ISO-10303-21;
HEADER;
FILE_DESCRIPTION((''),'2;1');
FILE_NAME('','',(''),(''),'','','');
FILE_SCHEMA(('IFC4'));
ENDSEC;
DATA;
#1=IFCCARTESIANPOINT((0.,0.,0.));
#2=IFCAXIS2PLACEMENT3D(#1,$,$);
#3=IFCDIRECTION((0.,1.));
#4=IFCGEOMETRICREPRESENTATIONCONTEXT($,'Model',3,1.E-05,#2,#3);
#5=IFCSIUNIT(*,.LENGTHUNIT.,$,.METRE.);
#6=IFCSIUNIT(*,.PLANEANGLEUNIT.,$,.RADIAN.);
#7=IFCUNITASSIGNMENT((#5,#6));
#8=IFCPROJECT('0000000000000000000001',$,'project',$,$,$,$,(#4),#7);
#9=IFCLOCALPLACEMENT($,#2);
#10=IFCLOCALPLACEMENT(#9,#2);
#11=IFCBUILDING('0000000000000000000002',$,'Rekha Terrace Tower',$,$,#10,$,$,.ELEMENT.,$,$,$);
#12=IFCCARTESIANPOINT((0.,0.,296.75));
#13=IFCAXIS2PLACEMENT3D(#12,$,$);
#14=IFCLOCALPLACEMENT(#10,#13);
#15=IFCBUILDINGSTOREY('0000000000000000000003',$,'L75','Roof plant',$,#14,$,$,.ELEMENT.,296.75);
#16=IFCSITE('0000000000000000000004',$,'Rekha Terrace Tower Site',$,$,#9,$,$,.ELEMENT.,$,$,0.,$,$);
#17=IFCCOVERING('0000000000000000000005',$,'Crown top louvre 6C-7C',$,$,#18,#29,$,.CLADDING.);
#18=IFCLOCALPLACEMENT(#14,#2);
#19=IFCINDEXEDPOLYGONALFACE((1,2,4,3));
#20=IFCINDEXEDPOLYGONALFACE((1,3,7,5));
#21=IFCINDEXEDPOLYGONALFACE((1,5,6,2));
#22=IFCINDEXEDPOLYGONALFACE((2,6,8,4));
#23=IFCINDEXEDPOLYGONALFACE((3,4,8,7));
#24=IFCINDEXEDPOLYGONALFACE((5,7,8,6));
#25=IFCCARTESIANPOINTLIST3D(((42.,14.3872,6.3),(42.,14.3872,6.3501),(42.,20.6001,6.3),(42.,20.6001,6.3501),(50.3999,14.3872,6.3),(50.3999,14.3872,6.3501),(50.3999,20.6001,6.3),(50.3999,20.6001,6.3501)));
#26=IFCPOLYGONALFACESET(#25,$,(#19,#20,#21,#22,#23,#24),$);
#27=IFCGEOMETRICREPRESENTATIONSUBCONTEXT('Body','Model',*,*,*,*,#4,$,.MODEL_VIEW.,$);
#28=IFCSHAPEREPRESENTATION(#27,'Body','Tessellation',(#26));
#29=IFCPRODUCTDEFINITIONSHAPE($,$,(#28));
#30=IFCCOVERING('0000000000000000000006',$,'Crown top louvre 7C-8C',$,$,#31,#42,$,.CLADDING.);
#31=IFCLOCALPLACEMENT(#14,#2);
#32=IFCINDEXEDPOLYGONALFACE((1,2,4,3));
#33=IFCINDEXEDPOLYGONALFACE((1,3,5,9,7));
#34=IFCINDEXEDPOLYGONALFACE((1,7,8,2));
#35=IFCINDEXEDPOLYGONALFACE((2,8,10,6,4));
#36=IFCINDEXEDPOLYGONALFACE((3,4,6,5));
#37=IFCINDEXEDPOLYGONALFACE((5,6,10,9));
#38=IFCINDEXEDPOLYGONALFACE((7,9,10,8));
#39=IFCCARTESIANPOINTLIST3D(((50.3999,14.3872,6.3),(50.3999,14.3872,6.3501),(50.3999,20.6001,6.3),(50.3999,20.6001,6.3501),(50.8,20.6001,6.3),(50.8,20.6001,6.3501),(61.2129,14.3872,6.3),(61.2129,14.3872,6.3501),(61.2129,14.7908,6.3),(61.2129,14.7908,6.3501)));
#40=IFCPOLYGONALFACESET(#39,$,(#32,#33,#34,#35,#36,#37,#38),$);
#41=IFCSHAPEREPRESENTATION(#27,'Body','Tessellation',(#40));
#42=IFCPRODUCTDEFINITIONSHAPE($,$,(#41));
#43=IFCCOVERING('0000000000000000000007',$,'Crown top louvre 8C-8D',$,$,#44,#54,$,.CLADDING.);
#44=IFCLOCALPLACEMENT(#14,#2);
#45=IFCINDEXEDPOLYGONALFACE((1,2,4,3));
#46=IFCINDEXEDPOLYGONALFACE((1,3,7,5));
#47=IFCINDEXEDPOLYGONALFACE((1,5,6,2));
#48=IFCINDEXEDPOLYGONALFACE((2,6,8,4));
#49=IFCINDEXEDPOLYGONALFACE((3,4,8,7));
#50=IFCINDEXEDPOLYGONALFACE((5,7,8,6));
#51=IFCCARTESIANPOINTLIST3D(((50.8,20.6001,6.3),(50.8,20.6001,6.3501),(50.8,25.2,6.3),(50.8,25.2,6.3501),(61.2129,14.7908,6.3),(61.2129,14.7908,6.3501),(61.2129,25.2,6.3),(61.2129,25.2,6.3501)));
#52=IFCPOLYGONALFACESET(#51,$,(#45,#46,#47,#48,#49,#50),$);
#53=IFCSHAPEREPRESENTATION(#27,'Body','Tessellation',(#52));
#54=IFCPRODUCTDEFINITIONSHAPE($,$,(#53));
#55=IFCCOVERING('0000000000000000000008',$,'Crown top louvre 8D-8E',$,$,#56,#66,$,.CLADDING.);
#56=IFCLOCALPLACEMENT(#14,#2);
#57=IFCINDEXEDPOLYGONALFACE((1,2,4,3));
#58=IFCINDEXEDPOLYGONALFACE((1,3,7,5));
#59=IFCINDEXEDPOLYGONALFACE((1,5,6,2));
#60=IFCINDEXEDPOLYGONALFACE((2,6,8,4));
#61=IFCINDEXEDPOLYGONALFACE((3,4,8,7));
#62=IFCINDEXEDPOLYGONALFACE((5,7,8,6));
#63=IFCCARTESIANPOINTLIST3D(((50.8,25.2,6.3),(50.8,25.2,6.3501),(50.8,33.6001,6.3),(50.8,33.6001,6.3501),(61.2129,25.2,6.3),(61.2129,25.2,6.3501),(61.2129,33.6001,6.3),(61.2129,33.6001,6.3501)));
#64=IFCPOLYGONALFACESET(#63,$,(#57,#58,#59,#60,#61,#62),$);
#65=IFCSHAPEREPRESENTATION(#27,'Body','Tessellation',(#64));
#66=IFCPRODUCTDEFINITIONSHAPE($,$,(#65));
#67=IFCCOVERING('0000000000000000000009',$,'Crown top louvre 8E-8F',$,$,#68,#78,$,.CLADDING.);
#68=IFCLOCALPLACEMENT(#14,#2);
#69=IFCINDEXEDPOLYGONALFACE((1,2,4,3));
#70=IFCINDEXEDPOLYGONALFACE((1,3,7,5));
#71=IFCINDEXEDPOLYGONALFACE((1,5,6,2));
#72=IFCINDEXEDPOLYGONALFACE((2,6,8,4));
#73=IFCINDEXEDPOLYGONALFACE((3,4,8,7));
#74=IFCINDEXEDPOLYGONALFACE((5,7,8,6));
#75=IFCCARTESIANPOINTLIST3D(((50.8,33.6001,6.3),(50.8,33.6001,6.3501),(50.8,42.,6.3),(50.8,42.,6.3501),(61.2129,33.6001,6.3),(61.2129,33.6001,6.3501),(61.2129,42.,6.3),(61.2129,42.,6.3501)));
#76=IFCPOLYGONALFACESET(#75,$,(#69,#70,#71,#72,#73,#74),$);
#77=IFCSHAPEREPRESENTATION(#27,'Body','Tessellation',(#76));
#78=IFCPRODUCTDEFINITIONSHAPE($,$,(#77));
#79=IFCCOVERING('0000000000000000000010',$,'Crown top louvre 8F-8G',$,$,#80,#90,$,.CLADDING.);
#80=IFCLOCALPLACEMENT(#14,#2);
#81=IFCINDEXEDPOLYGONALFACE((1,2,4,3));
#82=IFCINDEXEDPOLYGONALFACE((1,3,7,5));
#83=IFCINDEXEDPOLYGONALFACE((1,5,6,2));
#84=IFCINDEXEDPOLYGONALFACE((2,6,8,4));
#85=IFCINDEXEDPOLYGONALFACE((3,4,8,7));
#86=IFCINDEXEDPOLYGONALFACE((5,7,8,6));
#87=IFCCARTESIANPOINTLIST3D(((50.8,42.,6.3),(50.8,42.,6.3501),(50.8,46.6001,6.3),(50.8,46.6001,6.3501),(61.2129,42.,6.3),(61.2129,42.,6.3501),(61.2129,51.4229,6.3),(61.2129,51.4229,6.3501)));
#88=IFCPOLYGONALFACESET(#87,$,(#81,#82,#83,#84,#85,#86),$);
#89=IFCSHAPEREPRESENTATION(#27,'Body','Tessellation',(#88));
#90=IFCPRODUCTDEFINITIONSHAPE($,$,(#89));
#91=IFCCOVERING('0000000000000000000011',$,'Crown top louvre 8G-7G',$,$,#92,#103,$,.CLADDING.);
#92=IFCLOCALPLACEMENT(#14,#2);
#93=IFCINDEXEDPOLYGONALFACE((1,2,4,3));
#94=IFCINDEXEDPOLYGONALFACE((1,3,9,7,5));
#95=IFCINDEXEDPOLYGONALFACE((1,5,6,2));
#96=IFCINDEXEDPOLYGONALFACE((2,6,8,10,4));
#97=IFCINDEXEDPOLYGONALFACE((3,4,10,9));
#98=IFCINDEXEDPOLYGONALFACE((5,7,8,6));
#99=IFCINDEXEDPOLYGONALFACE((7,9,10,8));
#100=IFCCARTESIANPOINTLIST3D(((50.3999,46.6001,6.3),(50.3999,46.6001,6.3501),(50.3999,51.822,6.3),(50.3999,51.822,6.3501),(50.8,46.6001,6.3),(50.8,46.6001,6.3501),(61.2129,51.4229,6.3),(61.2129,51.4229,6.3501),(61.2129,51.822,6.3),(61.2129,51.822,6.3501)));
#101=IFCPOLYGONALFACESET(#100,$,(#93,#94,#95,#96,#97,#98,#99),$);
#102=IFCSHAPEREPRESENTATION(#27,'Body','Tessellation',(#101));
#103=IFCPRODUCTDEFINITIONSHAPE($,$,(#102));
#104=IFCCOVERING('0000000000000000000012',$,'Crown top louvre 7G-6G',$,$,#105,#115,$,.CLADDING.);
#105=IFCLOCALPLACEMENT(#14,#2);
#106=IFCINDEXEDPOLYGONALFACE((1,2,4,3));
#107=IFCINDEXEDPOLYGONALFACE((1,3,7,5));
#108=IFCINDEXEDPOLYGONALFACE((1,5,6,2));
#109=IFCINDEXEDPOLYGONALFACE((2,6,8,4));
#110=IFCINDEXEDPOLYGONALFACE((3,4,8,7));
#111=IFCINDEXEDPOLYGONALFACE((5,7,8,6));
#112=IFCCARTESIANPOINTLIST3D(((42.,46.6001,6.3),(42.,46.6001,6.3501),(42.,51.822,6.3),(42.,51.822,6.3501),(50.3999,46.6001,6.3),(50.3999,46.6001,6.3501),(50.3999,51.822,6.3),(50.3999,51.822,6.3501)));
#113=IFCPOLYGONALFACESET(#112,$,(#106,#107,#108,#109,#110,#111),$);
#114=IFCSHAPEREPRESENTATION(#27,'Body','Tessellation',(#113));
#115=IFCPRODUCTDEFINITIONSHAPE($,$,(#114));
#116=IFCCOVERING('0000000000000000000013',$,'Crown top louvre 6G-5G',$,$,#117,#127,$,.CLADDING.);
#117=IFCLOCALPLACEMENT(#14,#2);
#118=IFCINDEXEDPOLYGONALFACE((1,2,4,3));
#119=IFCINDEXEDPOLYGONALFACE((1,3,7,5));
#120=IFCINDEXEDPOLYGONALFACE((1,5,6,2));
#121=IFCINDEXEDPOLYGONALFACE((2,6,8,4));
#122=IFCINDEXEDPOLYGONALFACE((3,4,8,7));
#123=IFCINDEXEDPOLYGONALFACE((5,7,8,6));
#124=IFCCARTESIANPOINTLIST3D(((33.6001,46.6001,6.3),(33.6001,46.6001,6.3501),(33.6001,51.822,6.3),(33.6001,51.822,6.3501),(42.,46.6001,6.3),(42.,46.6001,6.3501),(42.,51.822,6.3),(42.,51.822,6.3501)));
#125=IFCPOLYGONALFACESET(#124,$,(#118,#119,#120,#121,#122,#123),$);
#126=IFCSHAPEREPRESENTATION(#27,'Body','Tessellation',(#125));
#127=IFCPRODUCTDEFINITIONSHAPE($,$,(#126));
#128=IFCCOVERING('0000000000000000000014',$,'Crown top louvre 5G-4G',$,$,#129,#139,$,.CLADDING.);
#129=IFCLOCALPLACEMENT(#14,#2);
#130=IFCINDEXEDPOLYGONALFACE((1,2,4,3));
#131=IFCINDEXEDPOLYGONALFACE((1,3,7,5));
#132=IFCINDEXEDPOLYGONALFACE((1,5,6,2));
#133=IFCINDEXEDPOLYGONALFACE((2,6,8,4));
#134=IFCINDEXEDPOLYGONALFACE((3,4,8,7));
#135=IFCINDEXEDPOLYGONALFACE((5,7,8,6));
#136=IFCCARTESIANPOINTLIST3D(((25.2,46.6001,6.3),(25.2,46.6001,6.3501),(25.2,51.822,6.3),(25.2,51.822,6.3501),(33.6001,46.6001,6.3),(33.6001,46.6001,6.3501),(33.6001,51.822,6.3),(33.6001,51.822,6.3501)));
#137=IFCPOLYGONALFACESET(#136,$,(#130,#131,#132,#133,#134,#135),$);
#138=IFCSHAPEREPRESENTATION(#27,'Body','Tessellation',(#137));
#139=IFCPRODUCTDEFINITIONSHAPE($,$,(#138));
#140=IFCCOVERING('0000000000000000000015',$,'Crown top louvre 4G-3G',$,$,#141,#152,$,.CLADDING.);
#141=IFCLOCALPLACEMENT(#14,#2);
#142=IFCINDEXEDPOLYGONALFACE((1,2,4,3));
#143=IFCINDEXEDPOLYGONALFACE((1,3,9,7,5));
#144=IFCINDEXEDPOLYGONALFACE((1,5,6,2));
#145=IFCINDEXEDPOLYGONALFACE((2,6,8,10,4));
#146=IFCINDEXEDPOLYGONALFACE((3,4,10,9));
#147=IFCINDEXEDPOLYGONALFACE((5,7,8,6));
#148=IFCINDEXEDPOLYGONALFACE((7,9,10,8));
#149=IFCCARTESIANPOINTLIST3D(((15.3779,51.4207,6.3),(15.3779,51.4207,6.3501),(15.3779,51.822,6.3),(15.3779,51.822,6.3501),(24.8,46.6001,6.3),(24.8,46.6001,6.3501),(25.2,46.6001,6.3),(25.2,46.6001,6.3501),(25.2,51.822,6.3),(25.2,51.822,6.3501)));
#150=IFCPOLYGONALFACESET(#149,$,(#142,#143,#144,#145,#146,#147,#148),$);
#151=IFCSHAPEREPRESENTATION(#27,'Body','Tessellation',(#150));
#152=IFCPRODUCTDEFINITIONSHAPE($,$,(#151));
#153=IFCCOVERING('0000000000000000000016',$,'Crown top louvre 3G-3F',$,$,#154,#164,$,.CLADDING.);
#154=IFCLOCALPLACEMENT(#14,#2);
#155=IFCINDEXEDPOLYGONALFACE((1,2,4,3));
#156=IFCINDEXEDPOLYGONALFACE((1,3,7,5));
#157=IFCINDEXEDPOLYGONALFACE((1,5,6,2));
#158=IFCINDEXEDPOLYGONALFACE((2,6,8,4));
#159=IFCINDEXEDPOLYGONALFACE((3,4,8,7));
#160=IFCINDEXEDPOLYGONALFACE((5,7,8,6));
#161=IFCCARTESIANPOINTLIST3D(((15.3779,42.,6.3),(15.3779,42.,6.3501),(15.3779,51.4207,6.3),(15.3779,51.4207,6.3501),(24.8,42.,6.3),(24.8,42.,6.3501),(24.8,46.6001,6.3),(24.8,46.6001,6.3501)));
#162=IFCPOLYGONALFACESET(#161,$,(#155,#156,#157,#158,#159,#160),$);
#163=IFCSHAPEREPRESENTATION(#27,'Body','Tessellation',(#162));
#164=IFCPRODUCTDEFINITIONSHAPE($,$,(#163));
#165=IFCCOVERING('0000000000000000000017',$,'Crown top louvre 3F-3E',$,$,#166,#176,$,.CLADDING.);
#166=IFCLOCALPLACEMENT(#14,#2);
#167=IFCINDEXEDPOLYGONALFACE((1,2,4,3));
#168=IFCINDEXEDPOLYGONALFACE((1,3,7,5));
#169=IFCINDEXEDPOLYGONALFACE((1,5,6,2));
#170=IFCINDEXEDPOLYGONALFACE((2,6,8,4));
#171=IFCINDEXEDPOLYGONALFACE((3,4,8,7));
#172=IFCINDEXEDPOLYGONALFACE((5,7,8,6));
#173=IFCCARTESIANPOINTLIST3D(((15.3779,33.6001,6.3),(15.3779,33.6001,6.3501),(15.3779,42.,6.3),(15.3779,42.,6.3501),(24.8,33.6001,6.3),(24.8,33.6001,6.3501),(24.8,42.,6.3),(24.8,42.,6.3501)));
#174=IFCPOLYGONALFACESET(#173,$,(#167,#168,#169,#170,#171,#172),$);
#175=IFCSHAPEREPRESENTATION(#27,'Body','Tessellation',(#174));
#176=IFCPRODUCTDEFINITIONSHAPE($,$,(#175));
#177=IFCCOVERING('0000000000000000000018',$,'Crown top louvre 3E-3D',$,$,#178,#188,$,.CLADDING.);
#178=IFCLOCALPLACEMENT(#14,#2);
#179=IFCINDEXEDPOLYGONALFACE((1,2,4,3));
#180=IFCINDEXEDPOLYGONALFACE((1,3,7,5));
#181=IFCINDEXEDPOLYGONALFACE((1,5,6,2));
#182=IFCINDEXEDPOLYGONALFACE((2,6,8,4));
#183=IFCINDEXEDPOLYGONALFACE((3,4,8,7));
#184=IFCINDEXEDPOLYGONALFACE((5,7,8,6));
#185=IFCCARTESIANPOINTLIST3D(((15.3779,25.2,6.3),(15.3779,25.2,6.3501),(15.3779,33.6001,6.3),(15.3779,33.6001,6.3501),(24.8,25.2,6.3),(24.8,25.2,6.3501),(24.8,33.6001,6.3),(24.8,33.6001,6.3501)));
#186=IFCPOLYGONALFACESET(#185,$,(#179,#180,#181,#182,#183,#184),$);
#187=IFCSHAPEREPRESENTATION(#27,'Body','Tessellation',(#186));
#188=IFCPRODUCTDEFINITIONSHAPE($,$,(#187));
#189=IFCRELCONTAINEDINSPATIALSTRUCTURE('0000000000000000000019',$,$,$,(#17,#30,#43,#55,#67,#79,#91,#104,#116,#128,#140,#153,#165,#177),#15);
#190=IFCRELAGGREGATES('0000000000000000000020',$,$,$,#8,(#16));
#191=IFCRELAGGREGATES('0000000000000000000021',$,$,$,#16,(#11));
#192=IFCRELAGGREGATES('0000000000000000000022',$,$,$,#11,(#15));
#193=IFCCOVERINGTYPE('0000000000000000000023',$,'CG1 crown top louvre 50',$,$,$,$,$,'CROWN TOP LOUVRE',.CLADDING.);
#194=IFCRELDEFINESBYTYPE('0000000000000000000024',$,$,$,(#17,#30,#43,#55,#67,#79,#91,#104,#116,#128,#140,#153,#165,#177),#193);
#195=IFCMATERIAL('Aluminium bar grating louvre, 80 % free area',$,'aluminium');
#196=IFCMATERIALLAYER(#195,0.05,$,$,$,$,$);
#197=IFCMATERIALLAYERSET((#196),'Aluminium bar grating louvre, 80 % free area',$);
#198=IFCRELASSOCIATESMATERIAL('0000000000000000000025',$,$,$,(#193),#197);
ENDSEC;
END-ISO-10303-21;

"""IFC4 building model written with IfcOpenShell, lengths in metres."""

from ifc_helpers import new_model, si_unit, direction, frame, origin, place, context, subcontext, project, spatial, polyline, outline, extrude, material, layer, layer_set, type_object, element, save


model = new_model("IFC4")

# Units and contexts
model_context = context("Model", 3, precision=1e-05, world=origin(), true_north=direction((0.0, 1.0)))
body_context = subcontext(model_context, "Body", "Model", "MODEL_VIEW")
ifc_project = project(units=[si_unit("LENGTHUNIT", "METRE"), si_unit("PLANEANGLEUNIT", "RADIAN")], contexts=[model_context])

# Site, building, storey
site_placement = place(None, origin())
site = spatial("IfcSite", under=ifc_project, at=site_placement, Name="Rekha Terrace Tower Site", CompositionType="ELEMENT", RefElevation=0.0)
building_placement = place(site_placement, origin())
building = spatial("IfcBuilding", under=site, at=building_placement, Name="Rekha Terrace Tower", CompositionType="ELEMENT")
storey_placement = place(building_placement, frame((0.0, 0.0, 296.75)))
storey = spatial("IfcBuildingStorey", under=building, at=storey_placement, Name="L75", Description="Roof plant", CompositionType="ELEMENT", Elevation=296.75)

# Coverings
ifc_material_1 = material(Name="Aluminium bar grating louvre, 80 % free area", Category="aluminium")
ifc_layer_1 = layer(ifc_material_1, 0.05)
ifc_layer_set_1 = layer_set([ifc_layer_1], Name="Aluminium bar grating louvre, 80 % free area")
covering_type_1 = type_object("IfcCoveringType", Name="CG1 crown top louvre 50", ElementType="CROWN TOP LOUVRE", PredefinedType="CLADDING", material=ifc_layer_set_1)
covering_1_placement = place(storey_placement, frame((0.0, 0.0, 6.3)))
element("IfcCovering", 1, at=covering_1_placement, inside=storey, type_object=covering_type_1, Name="Crown top louvre 6C-7C", PredefinedType="CLADDING", context=body_context, shape_type="SweptSolid", body=[
    extrude(outline(polyline([(50.3999, 14.3872), (50.3999, 20.6001), (42.0, 20.6001), (42.0, 14.3872), (50.3999, 14.3872)])), origin(), (0.0, 0.0, 1.0), 0.05),
])
covering_2_placement = place(storey_placement, frame((0.0, 0.0, 6.3)))
element("IfcCovering", 2, at=covering_2_placement, inside=storey, type_object=covering_type_1, Name="Crown top louvre 7C-8C", PredefinedType="CLADDING", context=body_context, shape_type="SweptSolid", body=[
    extrude(outline(polyline([(61.2129, 14.7908), (50.8, 20.6001), (50.3999, 20.6001), (50.3999, 14.3872), (61.2129, 14.3872), (61.2129, 14.7908)])), origin(), (0.0, 0.0, 1.0), 0.05),
])
covering_3_placement = place(storey_placement, frame((0.0, 0.0, 6.3)))
element("IfcCovering", 3, at=covering_3_placement, inside=storey, type_object=covering_type_1, Name="Crown top louvre 8C-8D", PredefinedType="CLADDING", context=body_context, shape_type="SweptSolid", body=[
    extrude(outline(polyline([(61.2129, 25.2), (50.8, 25.2), (50.8, 20.6001), (61.2129, 14.7908), (61.2129, 25.2)])), origin(), (0.0, 0.0, 1.0), 0.05),
])
covering_4_placement = place(storey_placement, frame((0.0, 0.0, 6.3)))
element("IfcCovering", 4, at=covering_4_placement, inside=storey, type_object=covering_type_1, Name="Crown top louvre 8D-8E", PredefinedType="CLADDING", context=body_context, shape_type="SweptSolid", body=[
    extrude(outline(polyline([(61.2129, 33.6001), (50.8, 33.6001), (50.8, 25.2), (61.2129, 25.2), (61.2129, 33.6001)])), origin(), (0.0, 0.0, 1.0), 0.05),
])
covering_5_placement = place(storey_placement, frame((0.0, 0.0, 6.3)))
element("IfcCovering", 5, at=covering_5_placement, inside=storey, type_object=covering_type_1, Name="Crown top louvre 8E-8F", PredefinedType="CLADDING", context=body_context, shape_type="SweptSolid", body=[
    extrude(outline(polyline([(61.2129, 42.0), (50.8, 42.0), (50.8, 33.6001), (61.2129, 33.6001), (61.2129, 42.0)])), origin(), (0.0, 0.0, 1.0), 0.05),
])
covering_6_placement = place(storey_placement, frame((0.0, 0.0, 6.3)))
element("IfcCovering", 6, at=covering_6_placement, inside=storey, type_object=covering_type_1, Name="Crown top louvre 8F-8G", PredefinedType="CLADDING", context=body_context, shape_type="SweptSolid", body=[
    extrude(outline(polyline([(61.2129, 51.4229), (50.8, 46.6001), (50.8, 42.0), (61.2129, 42.0), (61.2129, 51.4229)])), origin(), (0.0, 0.0, 1.0), 0.05),
])
covering_7_placement = place(storey_placement, frame((0.0, 0.0, 6.3)))
element("IfcCovering", 7, at=covering_7_placement, inside=storey, type_object=covering_type_1, Name="Crown top louvre 8G-7G", PredefinedType="CLADDING", context=body_context, shape_type="SweptSolid", body=[
    extrude(outline(polyline([(50.3999, 51.822), (50.3999, 46.6001), (50.8, 46.6001), (61.2129, 51.4229), (61.2129, 51.822), (50.3999, 51.822)])), origin(), (0.0, 0.0, 1.0), 0.05),
])
covering_8_placement = place(storey_placement, frame((0.0, 0.0, 6.3)))
element("IfcCovering", 8, at=covering_8_placement, inside=storey, type_object=covering_type_1, Name="Crown top louvre 7G-6G", PredefinedType="CLADDING", context=body_context, shape_type="SweptSolid", body=[
    extrude(outline(polyline([(42.0, 51.822), (42.0, 46.6001), (50.3999, 46.6001), (50.3999, 51.822), (42.0, 51.822)])), origin(), (0.0, 0.0, 1.0), 0.05),
])
covering_9_placement = place(storey_placement, frame((0.0, 0.0, 6.3)))
element("IfcCovering", 9, at=covering_9_placement, inside=storey, type_object=covering_type_1, Name="Crown top louvre 6G-5G", PredefinedType="CLADDING", context=body_context, shape_type="SweptSolid", body=[
    extrude(outline(polyline([(33.6001, 51.822), (33.6001, 46.6001), (42.0, 46.6001), (42.0, 51.822), (33.6001, 51.822)])), origin(), (0.0, 0.0, 1.0), 0.05),
])
covering_10_placement = place(storey_placement, frame((0.0, 0.0, 6.3)))
element("IfcCovering", 10, at=covering_10_placement, inside=storey, type_object=covering_type_1, Name="Crown top louvre 5G-4G", PredefinedType="CLADDING", context=body_context, shape_type="SweptSolid", body=[
    extrude(outline(polyline([(25.2, 51.822), (25.2, 46.6001), (33.6001, 46.6001), (33.6001, 51.822), (25.2, 51.822)])), origin(), (0.0, 0.0, 1.0), 0.05),
])
covering_11_placement = place(storey_placement, frame((0.0, 0.0, 6.3)))
element("IfcCovering", 11, at=covering_11_placement, inside=storey, type_object=covering_type_1, Name="Crown top louvre 4G-3G", PredefinedType="CLADDING", context=body_context, shape_type="SweptSolid", body=[
    extrude(outline(polyline([(15.3779, 51.822), (15.3779, 51.4207), (24.8, 46.6001), (25.2, 46.6001), (25.2, 51.822), (15.3779, 51.822)])), origin(), (0.0, 0.0, 1.0), 0.05),
])
covering_12_placement = place(storey_placement, frame((0.0, 0.0, 6.3)))
element("IfcCovering", 12, at=covering_12_placement, inside=storey, type_object=covering_type_1, Name="Crown top louvre 3G-3F", PredefinedType="CLADDING", context=body_context, shape_type="SweptSolid", body=[
    extrude(outline(polyline([(15.3779, 42.0), (24.8, 42.0), (24.8, 46.6001), (24.8, 46.6001), (15.3779, 51.4207), (15.3779, 42.0)])), origin(), (0.0, 0.0, 1.0), 0.05),
])
covering_13_placement = place(storey_placement, frame((0.0, 0.0, 6.3)))
element("IfcCovering", 13, at=covering_13_placement, inside=storey, type_object=covering_type_1, Name="Crown top louvre 3F-3E", PredefinedType="CLADDING", context=body_context, shape_type="SweptSolid", body=[
    extrude(outline(polyline([(15.3779, 33.6001), (24.8, 33.6001), (24.8, 42.0), (15.3779, 42.0), (15.3779, 33.6001)])), origin(), (0.0, 0.0, 1.0), 0.05),
])
covering_14_placement = place(storey_placement, frame((0.0, 0.0, 6.3)))
element("IfcCovering", 14, at=covering_14_placement, inside=storey, type_object=covering_type_1, Name="Crown top louvre 3E-3D", PredefinedType="CLADDING", context=body_context, shape_type="SweptSolid", body=[
    extrude(outline(polyline([(15.3779, 25.2), (24.8, 25.2), (24.8, 33.6001), (15.3779, 33.6001), (15.3779, 25.2)])), origin(), (0.0, 0.0, 1.0), 0.05),
])

save(model, "model.ifc")
